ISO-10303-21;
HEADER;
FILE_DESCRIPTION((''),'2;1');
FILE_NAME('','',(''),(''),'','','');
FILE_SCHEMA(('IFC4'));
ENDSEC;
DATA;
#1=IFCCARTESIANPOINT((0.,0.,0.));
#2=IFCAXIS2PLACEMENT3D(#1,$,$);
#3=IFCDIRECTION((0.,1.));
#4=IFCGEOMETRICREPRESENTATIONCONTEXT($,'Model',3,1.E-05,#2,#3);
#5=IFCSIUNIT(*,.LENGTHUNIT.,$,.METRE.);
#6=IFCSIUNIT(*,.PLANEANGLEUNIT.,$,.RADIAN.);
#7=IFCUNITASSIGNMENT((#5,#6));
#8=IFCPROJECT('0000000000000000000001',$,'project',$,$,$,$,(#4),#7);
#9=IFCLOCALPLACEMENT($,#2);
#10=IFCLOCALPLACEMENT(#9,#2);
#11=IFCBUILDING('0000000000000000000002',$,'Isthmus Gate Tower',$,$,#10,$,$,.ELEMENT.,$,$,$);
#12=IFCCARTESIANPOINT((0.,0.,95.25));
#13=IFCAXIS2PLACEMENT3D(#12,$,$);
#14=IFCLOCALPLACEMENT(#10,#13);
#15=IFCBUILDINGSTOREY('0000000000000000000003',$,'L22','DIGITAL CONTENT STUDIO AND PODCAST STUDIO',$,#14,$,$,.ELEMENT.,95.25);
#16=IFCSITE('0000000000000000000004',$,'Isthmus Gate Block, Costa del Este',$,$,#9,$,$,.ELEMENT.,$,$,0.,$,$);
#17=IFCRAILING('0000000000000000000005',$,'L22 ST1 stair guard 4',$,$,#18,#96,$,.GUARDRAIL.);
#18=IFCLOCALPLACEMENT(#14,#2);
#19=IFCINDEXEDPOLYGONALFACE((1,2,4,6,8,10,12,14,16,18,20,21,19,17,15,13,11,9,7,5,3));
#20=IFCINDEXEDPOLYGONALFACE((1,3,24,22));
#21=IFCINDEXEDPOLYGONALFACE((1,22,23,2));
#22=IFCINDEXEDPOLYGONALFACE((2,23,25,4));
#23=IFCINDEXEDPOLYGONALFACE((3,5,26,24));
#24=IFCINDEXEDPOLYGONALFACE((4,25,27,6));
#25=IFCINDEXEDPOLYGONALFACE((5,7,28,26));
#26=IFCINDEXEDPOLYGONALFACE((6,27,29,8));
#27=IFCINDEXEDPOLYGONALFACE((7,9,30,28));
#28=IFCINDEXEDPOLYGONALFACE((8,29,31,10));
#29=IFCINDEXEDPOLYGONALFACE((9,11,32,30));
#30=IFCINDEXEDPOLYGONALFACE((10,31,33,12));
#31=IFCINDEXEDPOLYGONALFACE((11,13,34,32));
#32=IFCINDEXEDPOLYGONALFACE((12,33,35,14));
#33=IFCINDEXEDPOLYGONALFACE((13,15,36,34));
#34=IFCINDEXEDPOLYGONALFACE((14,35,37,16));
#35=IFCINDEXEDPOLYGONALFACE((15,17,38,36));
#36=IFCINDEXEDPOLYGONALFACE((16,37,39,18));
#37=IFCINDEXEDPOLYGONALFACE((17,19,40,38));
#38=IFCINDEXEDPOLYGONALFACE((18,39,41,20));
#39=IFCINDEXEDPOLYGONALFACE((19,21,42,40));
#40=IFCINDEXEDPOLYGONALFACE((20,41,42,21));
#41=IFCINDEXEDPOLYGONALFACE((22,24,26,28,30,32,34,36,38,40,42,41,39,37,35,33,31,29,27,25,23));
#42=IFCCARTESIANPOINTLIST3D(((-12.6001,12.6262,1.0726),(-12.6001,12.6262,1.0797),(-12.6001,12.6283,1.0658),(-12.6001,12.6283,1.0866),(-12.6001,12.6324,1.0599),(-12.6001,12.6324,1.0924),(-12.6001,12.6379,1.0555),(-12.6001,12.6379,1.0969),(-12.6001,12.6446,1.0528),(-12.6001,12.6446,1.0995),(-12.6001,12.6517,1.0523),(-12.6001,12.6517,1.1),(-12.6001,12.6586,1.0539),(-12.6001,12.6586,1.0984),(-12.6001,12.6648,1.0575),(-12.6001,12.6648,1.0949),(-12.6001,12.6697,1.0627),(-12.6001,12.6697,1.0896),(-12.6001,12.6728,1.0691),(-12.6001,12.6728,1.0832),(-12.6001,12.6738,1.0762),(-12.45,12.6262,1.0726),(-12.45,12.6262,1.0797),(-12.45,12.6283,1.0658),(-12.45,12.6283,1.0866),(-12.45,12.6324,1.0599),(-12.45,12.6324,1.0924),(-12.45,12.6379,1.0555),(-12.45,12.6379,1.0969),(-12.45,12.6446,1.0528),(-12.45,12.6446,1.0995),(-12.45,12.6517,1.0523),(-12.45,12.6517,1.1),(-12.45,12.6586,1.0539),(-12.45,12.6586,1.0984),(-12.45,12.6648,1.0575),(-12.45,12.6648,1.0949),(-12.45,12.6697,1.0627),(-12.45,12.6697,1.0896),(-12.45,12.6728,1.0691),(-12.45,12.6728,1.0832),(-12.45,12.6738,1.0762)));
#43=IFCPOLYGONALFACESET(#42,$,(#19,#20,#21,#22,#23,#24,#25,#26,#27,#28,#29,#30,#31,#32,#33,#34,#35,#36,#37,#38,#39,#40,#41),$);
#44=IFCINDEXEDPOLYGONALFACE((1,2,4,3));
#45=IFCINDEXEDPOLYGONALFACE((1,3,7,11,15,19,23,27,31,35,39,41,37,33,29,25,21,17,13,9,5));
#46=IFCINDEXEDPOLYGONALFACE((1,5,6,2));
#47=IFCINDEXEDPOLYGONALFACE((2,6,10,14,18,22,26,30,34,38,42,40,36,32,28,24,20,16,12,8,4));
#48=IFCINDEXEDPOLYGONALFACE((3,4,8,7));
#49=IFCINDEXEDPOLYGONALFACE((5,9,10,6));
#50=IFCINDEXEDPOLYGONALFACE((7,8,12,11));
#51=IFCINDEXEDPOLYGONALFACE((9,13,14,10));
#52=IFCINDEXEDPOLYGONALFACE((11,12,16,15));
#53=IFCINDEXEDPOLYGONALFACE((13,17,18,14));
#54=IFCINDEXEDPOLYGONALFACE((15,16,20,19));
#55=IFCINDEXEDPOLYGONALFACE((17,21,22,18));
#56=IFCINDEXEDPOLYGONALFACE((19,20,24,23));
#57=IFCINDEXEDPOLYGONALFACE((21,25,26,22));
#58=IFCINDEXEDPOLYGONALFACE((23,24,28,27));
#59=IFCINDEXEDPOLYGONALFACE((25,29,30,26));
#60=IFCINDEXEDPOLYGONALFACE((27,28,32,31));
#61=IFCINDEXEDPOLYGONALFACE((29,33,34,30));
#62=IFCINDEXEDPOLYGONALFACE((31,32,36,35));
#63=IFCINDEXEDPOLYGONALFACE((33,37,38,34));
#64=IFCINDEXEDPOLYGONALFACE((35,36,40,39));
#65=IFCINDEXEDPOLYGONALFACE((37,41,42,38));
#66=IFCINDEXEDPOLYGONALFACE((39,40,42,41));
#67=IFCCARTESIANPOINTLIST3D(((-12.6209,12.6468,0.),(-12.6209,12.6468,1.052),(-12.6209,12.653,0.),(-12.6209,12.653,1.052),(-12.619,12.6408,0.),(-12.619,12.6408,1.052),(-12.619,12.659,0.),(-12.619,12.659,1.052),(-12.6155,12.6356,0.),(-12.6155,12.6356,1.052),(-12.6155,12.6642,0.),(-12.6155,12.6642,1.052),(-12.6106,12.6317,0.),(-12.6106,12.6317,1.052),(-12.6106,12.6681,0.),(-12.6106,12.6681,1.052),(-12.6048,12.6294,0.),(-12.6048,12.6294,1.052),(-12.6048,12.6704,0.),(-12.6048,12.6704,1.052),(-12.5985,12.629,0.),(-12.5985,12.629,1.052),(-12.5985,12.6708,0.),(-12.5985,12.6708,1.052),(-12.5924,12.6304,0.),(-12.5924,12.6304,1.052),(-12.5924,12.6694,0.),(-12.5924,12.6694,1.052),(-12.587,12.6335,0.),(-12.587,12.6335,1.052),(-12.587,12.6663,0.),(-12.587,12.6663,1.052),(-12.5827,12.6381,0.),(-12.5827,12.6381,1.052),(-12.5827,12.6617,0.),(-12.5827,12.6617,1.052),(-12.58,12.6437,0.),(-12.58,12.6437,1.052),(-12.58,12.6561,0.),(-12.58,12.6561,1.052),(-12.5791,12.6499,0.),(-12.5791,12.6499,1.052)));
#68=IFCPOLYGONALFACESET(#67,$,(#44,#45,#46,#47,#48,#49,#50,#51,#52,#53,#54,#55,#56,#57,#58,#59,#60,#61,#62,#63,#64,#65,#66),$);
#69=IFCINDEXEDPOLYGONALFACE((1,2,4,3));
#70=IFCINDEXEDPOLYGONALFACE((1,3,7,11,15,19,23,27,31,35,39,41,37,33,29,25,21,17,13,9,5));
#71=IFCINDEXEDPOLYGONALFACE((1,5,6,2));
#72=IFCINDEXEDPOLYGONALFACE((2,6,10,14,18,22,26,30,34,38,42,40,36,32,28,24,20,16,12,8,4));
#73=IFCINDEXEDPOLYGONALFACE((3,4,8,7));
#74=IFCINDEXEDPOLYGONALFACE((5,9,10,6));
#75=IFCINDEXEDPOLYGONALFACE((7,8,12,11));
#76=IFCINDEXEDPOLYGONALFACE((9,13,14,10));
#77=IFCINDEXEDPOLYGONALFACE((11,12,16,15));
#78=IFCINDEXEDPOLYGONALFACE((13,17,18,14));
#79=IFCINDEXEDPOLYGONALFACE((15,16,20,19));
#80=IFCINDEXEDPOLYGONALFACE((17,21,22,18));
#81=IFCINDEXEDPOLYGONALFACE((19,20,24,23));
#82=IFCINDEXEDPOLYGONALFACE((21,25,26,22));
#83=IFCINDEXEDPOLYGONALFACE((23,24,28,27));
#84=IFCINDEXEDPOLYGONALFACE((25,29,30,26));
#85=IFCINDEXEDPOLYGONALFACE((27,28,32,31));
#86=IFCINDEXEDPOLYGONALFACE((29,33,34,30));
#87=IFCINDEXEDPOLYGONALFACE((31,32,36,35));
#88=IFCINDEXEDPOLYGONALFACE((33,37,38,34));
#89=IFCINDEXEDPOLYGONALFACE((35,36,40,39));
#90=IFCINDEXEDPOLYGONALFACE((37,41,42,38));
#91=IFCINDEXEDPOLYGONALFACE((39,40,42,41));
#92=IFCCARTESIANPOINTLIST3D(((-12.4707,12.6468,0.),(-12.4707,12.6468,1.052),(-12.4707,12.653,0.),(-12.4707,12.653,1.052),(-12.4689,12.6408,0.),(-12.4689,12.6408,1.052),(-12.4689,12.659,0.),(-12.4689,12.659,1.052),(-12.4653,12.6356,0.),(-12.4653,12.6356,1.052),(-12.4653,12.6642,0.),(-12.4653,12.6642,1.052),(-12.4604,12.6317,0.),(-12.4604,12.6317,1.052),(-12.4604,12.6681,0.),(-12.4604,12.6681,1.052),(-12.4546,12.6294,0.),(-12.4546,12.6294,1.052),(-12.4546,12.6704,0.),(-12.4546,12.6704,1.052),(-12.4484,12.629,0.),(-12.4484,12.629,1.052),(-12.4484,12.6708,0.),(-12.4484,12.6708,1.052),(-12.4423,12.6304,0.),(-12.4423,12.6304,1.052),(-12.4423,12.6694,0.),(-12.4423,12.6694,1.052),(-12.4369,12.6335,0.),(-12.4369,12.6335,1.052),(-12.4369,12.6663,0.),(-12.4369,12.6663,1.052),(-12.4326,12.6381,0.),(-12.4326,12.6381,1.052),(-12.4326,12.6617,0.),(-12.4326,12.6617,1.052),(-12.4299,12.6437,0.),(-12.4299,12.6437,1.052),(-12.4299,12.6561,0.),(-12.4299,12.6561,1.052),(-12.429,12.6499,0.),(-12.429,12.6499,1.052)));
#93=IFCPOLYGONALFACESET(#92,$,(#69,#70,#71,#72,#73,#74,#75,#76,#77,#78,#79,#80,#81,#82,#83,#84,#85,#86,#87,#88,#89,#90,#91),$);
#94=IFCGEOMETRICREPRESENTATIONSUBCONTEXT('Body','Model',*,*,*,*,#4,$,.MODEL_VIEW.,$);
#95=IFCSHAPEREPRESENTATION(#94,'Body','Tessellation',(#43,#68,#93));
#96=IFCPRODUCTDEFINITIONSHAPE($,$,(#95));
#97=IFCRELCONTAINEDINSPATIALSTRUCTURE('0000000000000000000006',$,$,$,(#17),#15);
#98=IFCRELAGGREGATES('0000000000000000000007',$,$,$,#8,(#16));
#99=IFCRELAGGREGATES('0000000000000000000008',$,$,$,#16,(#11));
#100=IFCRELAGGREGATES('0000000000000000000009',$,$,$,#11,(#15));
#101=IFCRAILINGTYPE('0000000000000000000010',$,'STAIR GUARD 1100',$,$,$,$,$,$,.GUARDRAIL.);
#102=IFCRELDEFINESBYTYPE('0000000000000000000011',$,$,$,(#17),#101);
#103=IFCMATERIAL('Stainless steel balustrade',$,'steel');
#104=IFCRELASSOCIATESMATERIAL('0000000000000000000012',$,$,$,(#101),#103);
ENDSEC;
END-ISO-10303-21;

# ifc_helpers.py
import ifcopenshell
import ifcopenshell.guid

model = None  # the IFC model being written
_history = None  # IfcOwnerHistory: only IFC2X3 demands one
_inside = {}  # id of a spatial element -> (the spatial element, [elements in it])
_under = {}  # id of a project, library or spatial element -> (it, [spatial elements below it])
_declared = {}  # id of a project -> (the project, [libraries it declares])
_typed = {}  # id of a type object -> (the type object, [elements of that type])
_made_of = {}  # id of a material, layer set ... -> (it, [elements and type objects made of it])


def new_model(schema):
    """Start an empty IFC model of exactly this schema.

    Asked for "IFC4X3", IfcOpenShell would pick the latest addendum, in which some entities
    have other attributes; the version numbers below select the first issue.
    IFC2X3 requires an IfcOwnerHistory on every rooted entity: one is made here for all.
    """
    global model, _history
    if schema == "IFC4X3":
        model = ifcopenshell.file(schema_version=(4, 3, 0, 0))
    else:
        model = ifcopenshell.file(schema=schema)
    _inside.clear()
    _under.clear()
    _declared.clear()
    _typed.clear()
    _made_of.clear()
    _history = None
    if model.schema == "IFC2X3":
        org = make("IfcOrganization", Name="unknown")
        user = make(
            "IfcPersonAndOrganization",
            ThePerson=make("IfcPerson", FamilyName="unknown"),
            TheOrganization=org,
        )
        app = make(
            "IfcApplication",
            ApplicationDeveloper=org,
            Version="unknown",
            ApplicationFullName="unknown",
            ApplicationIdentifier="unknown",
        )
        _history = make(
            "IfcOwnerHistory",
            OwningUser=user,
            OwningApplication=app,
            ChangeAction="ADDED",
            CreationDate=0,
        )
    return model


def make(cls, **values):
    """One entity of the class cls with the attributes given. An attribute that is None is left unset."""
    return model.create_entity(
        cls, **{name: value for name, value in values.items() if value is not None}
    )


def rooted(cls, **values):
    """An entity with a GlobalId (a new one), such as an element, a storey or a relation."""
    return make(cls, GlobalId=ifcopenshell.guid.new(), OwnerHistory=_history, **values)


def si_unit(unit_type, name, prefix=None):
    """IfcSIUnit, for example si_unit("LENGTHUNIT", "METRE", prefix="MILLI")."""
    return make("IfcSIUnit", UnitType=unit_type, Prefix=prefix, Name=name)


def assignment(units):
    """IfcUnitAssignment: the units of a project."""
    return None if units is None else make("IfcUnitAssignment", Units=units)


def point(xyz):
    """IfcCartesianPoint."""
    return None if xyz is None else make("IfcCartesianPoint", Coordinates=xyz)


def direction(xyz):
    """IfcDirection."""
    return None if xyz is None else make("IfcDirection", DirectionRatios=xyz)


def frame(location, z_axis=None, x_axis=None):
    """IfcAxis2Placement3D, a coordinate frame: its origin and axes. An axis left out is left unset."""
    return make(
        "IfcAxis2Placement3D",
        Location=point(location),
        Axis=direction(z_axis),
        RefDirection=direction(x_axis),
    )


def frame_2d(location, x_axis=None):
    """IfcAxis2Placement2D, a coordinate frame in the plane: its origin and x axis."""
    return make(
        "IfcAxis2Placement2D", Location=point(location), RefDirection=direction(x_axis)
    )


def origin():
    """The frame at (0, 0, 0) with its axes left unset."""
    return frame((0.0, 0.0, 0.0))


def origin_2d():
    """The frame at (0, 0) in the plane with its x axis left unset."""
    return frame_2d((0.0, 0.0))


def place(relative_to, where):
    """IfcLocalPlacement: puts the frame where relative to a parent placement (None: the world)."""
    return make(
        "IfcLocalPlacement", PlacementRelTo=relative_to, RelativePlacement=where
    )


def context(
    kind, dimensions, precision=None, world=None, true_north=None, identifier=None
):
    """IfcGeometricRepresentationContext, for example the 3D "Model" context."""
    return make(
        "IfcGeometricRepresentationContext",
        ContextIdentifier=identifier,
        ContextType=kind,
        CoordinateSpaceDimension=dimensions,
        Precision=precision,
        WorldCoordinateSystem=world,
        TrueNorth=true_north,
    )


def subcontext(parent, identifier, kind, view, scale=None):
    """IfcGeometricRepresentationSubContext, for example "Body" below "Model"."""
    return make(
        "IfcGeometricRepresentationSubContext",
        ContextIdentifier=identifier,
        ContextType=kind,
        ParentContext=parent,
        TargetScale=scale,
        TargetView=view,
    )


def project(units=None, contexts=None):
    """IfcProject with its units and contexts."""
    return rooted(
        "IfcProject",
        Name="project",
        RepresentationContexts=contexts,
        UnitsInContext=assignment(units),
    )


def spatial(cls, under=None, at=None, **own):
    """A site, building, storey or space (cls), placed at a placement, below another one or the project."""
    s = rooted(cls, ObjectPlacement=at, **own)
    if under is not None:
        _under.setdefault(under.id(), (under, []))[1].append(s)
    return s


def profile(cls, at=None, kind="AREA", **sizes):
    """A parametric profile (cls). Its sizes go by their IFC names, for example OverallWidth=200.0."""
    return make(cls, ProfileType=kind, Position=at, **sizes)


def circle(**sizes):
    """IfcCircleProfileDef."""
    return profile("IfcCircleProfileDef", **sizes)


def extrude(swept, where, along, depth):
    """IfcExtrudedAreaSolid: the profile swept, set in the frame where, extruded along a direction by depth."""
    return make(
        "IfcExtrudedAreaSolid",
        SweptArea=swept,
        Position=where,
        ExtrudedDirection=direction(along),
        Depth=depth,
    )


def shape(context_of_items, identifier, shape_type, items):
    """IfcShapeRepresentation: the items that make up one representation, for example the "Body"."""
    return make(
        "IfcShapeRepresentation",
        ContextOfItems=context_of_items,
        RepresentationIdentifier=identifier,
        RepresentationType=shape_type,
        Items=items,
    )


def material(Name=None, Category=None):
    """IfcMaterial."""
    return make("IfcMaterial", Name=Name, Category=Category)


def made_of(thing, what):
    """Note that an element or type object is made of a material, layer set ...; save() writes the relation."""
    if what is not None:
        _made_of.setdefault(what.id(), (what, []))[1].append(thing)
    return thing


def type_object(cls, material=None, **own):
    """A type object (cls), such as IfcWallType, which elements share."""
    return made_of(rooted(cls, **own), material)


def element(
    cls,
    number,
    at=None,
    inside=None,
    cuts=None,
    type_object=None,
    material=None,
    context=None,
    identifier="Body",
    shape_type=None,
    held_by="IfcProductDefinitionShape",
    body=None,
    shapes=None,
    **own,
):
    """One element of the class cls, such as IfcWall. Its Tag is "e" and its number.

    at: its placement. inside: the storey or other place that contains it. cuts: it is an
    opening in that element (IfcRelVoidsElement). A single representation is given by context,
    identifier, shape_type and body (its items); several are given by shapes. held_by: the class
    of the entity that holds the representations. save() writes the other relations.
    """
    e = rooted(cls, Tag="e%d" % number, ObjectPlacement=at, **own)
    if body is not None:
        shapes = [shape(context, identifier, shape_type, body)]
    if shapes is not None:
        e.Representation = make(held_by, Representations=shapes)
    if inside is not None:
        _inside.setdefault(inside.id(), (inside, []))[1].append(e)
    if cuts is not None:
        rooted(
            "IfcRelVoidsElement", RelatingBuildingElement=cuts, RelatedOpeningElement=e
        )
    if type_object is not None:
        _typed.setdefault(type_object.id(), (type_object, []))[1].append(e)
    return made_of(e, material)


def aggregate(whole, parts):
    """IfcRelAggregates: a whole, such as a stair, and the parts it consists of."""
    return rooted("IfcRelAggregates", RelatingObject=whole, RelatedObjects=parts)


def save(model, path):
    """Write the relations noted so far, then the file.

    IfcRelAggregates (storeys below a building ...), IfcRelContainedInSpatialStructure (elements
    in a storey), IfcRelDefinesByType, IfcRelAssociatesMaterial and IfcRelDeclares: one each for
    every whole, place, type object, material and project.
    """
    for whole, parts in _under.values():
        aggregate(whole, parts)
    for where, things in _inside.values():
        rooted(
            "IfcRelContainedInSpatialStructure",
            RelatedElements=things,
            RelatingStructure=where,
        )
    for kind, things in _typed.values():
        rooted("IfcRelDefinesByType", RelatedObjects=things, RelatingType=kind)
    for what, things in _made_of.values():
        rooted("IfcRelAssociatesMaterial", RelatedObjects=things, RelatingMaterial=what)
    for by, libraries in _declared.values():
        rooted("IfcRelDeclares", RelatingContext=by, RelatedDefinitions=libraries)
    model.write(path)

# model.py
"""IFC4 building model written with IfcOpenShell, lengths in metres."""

from ifc_helpers import new_model, si_unit, direction, frame, origin, origin_2d, place, context, subcontext, project, spatial, circle, extrude, material, type_object, element, save


model = new_model("IFC4")

# Units and contexts
model_context = context("Model", 3, precision=1e-05, world=origin(), true_north=direction((0.0, 1.0)))
body_context = subcontext(model_context, "Body", "Model", "MODEL_VIEW")
ifc_project = project(units=[si_unit("LENGTHUNIT", "METRE"), si_unit("PLANEANGLEUNIT", "RADIAN")], contexts=[model_context])

# Site, building, storey
site_placement = place(None, origin())
site = spatial("IfcSite", under=ifc_project, at=site_placement, Name="Isthmus Gate Block, Costa del Este", CompositionType="ELEMENT", RefElevation=0.0)
building_placement = place(site_placement, origin())
building = spatial("IfcBuilding", under=site, at=building_placement, Name="Isthmus Gate Tower", CompositionType="ELEMENT")
storey_placement = place(building_placement, frame((0.0, 0.0, 95.25)))
storey = spatial("IfcBuildingStorey", under=building, at=storey_placement, Name="L22", Description="DIGITAL CONTENT STUDIO AND PODCAST STUDIO", CompositionType="ELEMENT", Elevation=95.25)

# Railing
ifc_material_1 = material(Name="Stainless steel balustrade", Category="steel")
railing_type_1 = type_object("IfcRailingType", Name="STAIR GUARD 1100", PredefinedType="GUARDRAIL", material=ifc_material_1)
railing_1_placement = place(storey_placement, frame((-12.6001, 12.6499, 0.0)))
element("IfcRailing", 1, at=railing_1_placement, inside=storey, type_object=railing_type_1, Name="L22 ST1 stair guard 4", PredefinedType="GUARDRAIL", context=body_context, shape_type="SweptSolid", body=[
    extrude(circle(Radius=0.0239, at=origin_2d()), frame((0.0, 0.0, 1.0762), z_axis=(1.0, 0.0, 0.0), x_axis=(0.0, 1.0, 0.0)), (0.0, 0.0, 1.0), 0.1501),
    extrude(circle(Radius=0.021, at=origin_2d()), origin(), (0.0, 0.0, 1.0), 1.052),
    extrude(circle(Radius=0.021, at=origin_2d()), frame((0.1501, 0.0, 0.0)), (0.0, 0.0, 1.0), 1.052),
])

save(model, "model.ifc")
